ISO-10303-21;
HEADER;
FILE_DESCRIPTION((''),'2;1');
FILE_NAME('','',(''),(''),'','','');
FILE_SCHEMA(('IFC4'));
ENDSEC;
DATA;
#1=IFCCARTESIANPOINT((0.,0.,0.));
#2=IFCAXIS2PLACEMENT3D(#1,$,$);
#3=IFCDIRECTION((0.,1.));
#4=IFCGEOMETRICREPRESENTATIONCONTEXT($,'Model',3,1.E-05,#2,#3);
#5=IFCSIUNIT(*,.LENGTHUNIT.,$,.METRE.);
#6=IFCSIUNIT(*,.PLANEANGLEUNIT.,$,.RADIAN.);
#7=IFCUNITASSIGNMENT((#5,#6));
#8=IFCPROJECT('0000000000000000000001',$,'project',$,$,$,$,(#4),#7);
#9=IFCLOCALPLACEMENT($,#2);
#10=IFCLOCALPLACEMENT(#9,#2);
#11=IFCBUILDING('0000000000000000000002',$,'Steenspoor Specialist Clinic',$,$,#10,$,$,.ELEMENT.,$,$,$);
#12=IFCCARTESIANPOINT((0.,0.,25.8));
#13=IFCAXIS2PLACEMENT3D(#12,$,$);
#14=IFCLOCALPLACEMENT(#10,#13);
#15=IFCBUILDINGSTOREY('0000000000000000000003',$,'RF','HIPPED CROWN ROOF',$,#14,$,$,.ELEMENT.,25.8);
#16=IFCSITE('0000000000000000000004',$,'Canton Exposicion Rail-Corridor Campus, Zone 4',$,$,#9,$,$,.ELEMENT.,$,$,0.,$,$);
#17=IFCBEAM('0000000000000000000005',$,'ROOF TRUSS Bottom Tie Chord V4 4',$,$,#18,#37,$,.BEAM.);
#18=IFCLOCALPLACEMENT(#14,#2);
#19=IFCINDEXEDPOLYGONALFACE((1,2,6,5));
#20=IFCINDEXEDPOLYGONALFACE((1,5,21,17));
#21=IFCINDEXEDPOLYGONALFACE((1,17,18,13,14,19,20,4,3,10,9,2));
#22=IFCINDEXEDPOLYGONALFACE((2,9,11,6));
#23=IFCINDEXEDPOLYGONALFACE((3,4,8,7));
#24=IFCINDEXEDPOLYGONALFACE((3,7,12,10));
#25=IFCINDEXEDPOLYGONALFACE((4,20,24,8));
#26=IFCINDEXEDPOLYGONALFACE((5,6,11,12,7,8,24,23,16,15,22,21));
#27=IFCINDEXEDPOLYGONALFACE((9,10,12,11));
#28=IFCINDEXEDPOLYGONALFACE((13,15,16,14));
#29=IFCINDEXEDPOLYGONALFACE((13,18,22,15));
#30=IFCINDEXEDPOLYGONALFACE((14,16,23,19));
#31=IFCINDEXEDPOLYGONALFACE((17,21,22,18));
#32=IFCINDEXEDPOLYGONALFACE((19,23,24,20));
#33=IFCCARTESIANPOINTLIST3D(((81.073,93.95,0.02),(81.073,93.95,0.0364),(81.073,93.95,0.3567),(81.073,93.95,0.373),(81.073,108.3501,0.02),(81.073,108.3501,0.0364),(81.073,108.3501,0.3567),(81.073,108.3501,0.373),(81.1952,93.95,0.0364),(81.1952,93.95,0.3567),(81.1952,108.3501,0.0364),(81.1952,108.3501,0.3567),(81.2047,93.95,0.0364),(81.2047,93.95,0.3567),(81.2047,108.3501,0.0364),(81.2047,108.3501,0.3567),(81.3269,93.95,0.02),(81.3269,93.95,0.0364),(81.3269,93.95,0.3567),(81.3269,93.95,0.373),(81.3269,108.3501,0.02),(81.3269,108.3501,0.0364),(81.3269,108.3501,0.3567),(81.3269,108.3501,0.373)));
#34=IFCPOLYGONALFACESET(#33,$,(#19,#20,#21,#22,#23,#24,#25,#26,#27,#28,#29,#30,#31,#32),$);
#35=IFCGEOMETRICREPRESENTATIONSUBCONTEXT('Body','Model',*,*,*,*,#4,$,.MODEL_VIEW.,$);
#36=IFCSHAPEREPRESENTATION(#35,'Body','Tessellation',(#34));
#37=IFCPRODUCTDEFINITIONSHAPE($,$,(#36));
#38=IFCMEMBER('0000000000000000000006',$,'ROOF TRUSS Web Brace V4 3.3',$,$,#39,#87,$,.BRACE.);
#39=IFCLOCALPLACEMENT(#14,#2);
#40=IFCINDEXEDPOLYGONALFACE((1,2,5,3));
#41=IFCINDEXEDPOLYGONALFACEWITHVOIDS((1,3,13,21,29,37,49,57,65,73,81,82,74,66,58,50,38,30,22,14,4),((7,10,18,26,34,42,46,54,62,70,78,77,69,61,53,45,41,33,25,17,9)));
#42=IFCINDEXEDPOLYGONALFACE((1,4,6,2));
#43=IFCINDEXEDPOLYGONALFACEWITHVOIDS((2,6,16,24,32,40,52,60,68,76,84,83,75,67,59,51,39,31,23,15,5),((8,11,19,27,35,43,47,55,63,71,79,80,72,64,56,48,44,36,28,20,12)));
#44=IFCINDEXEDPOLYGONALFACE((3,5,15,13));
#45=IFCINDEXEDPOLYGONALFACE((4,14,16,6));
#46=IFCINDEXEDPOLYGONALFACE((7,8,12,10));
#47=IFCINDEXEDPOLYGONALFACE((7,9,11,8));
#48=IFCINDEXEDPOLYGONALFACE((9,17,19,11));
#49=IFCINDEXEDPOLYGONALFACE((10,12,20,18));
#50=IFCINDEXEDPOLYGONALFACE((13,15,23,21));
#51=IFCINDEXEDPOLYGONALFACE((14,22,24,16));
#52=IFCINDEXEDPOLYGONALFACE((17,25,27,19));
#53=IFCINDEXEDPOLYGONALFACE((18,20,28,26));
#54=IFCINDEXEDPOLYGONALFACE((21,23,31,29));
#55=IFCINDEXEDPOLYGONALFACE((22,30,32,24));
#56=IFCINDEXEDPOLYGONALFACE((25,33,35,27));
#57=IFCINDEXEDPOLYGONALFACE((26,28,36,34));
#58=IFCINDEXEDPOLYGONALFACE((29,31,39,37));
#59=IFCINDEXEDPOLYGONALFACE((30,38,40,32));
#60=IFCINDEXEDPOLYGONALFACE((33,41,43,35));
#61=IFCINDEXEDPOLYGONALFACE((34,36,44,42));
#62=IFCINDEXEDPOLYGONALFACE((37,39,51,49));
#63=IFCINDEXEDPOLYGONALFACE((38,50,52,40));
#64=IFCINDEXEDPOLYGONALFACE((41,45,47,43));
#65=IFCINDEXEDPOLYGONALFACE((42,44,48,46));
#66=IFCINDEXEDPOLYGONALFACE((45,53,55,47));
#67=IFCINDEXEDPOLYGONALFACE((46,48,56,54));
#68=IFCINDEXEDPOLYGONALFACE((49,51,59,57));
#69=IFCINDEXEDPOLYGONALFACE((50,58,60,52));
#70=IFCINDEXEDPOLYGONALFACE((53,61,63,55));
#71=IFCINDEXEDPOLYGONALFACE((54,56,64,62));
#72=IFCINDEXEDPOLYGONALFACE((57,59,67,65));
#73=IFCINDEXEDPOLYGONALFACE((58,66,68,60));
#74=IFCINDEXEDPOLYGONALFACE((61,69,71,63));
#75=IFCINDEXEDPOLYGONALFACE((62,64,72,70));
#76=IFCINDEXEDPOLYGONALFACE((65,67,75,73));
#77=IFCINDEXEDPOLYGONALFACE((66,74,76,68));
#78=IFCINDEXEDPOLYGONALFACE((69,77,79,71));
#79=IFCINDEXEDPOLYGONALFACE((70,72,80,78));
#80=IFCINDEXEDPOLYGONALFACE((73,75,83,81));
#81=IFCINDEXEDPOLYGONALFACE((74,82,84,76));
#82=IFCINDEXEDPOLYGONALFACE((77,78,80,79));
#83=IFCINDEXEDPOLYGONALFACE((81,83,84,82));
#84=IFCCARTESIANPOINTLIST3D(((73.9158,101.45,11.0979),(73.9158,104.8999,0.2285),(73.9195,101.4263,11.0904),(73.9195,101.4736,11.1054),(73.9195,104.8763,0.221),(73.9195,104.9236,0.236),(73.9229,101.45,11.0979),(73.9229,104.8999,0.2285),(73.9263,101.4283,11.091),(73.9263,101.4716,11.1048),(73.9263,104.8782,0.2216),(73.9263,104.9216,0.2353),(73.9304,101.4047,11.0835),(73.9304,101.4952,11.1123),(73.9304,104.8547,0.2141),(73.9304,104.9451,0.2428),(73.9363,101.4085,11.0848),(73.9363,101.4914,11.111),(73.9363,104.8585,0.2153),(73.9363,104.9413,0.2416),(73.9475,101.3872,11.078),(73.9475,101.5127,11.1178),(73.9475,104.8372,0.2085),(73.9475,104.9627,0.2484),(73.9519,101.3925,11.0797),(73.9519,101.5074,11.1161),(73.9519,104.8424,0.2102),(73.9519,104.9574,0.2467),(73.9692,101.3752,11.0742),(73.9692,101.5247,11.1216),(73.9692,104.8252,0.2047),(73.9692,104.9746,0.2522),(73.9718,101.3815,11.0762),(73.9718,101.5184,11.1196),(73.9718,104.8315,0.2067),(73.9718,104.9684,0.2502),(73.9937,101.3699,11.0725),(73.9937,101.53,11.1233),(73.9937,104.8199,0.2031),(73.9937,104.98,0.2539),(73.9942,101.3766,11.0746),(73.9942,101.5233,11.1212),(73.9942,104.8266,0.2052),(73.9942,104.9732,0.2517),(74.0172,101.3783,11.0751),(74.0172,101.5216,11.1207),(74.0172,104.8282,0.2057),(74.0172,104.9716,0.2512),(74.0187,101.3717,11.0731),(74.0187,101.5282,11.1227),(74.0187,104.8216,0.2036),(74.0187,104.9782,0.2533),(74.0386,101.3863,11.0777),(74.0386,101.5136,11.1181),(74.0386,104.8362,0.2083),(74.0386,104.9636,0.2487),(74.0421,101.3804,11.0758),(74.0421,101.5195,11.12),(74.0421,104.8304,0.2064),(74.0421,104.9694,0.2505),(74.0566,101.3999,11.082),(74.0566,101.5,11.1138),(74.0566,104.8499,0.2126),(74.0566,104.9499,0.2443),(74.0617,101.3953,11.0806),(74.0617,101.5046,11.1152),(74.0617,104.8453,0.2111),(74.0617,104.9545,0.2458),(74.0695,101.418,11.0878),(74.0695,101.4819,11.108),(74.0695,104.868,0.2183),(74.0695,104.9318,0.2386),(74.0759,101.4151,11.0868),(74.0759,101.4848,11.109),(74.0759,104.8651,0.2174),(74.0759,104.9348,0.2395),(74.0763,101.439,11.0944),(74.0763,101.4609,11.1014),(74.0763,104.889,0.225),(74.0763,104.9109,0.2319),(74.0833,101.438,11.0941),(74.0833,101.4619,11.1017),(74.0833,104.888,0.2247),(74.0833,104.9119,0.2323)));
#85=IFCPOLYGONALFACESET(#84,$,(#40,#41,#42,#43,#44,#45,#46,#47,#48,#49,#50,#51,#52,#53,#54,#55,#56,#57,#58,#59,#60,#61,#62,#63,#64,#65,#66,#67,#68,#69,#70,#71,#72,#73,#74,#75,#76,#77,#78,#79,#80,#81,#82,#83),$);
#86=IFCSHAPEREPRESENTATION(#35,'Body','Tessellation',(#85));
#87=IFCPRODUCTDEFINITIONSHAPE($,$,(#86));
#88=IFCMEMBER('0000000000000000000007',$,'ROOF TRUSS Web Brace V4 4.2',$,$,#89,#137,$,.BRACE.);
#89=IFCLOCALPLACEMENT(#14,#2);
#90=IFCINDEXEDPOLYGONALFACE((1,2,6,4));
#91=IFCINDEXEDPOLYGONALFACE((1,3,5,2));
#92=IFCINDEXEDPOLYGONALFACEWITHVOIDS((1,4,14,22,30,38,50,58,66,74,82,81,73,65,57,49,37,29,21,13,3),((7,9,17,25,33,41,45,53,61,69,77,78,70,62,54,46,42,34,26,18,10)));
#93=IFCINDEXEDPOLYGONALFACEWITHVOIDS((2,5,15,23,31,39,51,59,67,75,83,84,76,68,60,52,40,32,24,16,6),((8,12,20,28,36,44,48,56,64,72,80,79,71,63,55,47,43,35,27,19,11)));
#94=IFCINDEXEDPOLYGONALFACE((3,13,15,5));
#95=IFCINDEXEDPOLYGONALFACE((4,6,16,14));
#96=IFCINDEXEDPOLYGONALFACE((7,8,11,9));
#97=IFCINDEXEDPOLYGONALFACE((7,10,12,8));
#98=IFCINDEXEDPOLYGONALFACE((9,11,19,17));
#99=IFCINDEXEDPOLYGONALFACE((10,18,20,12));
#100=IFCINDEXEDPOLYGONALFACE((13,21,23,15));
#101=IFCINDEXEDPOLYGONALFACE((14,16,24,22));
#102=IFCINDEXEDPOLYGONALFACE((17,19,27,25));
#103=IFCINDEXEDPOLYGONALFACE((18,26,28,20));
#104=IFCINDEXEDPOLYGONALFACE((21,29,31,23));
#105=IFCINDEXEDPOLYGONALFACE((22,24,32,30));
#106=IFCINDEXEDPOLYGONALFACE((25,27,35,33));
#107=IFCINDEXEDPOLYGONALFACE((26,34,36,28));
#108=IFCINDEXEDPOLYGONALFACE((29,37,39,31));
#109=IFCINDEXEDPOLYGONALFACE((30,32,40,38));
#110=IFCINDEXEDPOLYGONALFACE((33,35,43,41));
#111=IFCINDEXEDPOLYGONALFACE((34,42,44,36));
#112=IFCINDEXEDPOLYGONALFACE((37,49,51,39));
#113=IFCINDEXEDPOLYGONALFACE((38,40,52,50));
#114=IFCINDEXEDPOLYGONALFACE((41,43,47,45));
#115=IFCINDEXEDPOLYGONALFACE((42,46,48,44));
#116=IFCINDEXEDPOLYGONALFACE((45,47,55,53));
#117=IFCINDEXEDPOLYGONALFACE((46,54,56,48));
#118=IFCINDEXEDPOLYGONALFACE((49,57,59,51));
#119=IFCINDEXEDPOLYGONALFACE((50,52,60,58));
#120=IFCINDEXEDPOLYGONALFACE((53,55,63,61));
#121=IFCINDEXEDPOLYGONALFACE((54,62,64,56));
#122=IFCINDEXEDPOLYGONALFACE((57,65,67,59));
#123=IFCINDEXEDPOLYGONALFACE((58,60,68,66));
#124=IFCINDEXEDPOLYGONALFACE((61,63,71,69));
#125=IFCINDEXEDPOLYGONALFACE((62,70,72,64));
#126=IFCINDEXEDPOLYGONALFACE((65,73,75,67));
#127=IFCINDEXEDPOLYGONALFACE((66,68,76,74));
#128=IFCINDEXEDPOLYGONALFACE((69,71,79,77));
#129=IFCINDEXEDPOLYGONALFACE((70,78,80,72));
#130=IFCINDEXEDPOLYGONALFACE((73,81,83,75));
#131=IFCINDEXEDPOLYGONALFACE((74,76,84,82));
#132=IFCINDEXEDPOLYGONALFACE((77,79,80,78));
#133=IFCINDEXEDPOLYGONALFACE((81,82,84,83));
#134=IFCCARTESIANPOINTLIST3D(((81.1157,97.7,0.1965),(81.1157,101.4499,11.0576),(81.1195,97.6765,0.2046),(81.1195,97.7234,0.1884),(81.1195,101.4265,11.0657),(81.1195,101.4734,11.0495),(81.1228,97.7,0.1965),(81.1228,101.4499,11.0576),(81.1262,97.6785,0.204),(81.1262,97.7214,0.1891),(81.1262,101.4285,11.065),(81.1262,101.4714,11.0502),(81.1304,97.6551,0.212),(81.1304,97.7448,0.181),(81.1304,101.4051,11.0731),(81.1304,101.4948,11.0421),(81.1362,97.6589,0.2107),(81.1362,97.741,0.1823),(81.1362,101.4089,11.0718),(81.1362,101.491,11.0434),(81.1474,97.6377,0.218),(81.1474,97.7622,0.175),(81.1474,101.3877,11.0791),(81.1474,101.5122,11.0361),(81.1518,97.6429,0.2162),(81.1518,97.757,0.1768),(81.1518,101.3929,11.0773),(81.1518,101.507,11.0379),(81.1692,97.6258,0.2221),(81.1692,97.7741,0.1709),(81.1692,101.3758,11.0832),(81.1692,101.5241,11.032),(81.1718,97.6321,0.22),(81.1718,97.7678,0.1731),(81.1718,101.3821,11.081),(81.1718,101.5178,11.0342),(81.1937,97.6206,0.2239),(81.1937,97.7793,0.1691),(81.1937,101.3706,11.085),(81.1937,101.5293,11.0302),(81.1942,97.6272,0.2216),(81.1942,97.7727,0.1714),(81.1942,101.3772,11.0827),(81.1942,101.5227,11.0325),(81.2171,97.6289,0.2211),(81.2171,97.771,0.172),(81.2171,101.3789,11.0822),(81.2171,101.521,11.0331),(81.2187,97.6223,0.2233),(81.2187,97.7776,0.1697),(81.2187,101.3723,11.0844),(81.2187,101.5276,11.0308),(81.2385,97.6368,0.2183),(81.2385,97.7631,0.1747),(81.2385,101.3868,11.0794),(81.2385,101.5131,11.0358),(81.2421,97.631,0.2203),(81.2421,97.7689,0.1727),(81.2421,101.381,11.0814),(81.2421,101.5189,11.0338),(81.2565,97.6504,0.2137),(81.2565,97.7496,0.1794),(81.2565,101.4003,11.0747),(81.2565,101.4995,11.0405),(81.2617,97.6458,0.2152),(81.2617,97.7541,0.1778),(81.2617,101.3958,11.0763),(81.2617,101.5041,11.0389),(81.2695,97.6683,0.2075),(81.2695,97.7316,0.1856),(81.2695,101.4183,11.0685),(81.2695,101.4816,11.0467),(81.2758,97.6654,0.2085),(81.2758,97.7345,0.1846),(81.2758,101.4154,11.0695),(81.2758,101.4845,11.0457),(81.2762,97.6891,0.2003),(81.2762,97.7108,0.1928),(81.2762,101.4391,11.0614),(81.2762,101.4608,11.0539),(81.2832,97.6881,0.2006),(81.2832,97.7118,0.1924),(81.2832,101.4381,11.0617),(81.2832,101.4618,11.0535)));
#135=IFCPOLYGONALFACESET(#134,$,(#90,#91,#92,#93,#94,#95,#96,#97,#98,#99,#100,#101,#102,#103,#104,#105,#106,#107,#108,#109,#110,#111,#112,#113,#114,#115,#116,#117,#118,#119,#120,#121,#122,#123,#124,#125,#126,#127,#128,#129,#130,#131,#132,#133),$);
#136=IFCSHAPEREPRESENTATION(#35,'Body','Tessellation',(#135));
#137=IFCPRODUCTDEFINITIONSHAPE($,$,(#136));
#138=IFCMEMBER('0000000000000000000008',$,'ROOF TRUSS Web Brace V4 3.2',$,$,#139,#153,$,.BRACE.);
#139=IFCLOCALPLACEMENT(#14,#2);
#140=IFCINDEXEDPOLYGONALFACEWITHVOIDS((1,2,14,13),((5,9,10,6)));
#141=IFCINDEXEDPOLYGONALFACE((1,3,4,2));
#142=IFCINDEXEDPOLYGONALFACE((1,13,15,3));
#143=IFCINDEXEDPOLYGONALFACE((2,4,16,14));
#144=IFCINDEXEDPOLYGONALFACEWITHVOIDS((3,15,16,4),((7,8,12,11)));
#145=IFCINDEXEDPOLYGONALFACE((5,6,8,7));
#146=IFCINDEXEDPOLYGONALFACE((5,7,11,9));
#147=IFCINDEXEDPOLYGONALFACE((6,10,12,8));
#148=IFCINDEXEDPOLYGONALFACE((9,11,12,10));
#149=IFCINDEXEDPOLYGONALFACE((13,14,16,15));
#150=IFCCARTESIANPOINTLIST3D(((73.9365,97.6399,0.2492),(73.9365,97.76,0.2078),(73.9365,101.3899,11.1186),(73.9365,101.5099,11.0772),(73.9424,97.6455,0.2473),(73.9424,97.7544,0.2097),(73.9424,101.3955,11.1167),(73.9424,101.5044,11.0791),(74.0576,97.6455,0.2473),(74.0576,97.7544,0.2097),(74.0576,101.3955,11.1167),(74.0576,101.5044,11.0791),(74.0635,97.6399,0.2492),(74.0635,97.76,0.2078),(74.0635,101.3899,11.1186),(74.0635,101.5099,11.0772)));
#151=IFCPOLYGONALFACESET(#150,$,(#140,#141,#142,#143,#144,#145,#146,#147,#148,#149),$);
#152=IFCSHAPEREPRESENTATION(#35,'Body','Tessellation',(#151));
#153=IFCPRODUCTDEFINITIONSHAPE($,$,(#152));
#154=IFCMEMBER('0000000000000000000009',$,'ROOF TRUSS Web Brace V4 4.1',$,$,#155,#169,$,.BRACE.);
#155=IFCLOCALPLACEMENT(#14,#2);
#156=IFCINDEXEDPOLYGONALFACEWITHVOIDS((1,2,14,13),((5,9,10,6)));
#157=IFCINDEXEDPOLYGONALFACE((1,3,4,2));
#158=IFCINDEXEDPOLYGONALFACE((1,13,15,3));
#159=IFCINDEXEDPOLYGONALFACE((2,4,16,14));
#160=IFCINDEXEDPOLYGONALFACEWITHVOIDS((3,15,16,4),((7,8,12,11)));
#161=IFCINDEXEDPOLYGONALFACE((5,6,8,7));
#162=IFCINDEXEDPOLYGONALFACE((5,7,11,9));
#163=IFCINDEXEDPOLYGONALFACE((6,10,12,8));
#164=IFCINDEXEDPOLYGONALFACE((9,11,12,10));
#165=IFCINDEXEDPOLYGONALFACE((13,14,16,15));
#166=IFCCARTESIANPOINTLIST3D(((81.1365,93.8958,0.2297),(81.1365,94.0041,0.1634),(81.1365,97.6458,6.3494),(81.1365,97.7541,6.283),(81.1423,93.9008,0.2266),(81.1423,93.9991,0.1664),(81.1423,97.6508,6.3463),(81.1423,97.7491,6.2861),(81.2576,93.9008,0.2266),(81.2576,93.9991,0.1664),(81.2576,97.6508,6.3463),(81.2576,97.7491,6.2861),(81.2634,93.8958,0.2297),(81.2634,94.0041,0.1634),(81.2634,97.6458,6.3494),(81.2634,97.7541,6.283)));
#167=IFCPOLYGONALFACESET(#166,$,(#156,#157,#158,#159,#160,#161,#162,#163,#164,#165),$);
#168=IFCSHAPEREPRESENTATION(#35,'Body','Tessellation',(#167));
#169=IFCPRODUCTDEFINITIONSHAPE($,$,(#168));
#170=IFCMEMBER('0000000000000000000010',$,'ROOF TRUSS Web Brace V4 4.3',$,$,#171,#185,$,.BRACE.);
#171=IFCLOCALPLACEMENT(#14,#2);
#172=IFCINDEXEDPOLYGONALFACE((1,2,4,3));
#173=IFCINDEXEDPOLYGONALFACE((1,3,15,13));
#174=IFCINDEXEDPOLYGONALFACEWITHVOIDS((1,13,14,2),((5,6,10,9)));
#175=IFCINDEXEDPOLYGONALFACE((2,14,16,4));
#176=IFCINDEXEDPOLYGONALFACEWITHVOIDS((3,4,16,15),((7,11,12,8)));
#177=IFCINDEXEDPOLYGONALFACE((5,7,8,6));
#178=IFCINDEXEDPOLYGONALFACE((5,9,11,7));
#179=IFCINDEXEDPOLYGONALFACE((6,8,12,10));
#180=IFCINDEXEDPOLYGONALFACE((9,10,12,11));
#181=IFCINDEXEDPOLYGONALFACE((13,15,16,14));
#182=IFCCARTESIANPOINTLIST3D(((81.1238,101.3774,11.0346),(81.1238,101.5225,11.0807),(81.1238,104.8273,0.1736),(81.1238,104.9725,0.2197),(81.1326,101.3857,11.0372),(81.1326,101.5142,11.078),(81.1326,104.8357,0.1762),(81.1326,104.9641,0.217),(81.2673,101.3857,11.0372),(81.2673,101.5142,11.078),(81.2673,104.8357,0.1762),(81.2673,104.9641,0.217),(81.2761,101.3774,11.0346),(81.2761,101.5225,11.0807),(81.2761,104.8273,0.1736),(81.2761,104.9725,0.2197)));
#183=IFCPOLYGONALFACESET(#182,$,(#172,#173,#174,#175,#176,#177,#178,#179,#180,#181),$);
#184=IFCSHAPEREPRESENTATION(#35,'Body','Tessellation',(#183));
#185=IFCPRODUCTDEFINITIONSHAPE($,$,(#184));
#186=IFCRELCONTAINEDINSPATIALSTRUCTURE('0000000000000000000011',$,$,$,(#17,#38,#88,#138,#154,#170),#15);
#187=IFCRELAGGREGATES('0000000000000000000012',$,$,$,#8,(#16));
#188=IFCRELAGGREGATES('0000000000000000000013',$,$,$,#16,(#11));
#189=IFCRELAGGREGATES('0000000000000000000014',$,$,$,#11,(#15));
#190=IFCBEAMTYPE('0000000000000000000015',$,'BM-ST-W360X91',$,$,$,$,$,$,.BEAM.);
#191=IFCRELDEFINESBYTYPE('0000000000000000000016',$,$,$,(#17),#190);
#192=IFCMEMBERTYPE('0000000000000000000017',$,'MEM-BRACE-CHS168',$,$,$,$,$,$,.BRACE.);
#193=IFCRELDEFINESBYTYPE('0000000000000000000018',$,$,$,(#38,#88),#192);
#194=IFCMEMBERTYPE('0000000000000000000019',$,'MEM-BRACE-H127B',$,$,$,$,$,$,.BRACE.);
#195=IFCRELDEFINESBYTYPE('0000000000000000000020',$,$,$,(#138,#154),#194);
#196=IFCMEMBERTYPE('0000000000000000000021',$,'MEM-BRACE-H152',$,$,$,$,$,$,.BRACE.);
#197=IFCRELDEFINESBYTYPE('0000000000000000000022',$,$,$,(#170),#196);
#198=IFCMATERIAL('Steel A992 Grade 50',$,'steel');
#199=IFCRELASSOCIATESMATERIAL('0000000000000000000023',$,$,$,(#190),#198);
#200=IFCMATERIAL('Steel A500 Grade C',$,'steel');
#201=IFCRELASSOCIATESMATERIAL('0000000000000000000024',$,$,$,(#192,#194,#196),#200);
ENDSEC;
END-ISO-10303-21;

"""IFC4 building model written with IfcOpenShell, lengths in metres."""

from ifc_helpers import new_model, si_unit, direction, frame, origin, origin_2d, place, context, subcontext, project, spatial, hollow_rectangle, hollow_circle, i_section, extrude, material, material_profile, profile_set, type_object, element, save


model = new_model("IFC4")

# Units and contexts
model_context = context("Model", 3, precision=1e-05, world=origin(), true_north=direction((0.0, 1.0)))
body_context = subcontext(model_context, "Body", "Model", "MODEL_VIEW")
ifc_project = project(units=[si_unit("LENGTHUNIT", "METRE"), si_unit("PLANEANGLEUNIT", "RADIAN")], contexts=[model_context])

# Site, building, storey
site_placement = place(None, origin())
site = spatial("IfcSite", under=ifc_project, at=site_placement, Name="Canton Exposicion Rail-Corridor Campus, Zone 4", CompositionType="ELEMENT", RefElevation=0.0)
building_placement = place(site_placement, origin())
building = spatial("IfcBuilding", under=site, at=building_placement, Name="Steenspoor Specialist Clinic", CompositionType="ELEMENT")
storey_placement = place(building_placement, frame((0.0, 0.0, 25.8)))
storey = spatial("IfcBuildingStorey", under=building, at=storey_placement, Name="RF", Description="HIPPED CROWN ROOF", CompositionType="ELEMENT", Elevation=25.8)

# Beam
ifc_material_1 = material(Name="Steel A992 Grade 50", Category="steel")
ifc_material_profile_1 = material_profile(ifc_material_1, i_section(OverallWidth=0.2539, OverallDepth=0.353, WebThickness=0.0095, FlangeThickness=0.0164, at=origin_2d()), Name="W360X91")
ifc_profile_set_1 = profile_set([ifc_material_profile_1], Name="Steel A992 Grade 50")
beam_type = type_object("IfcBeamType", Name="BM-ST-W360X91", PredefinedType="BEAM", material=ifc_profile_set_1)
beam_placement = place(storey_placement, frame((81.2, 93.95, 0.1965), z_axis=(0.0, 1.0, 0.0), x_axis=(-1.0, 0.0, 0.0)))
element("IfcBeam", 1, at=beam_placement, inside=storey, type_object=beam_type, Name="ROOF TRUSS Bottom Tie Chord V4 4", PredefinedType="BEAM", context=body_context, shape_type="SweptSolid", body=[
    extrude(i_section(OverallWidth=0.2539, OverallDepth=0.353, WebThickness=0.0095, FlangeThickness=0.0164, at=origin_2d()), origin(), (0.0, 0.0, 1.0), 14.4001),
])

# Members
ifc_material_2 = material(Name="Steel A500 Grade C", Category="steel")
ifc_material_profile_2 = material_profile(ifc_material_2, hollow_circle(Radius=0.0842, WallThickness=0.0071, at=origin_2d()), Name="CHS168X7.1")
ifc_profile_set_2 = profile_set([ifc_material_profile_2], Name="Steel A500 Grade C")
member_type_1 = type_object("IfcMemberType", Name="MEM-BRACE-CHS168", PredefinedType="BRACE", material=ifc_profile_set_2)
member_1_placement = place(storey_placement, frame((74.0, 101.45, 11.0979), z_axis=(0.0, 0.302528, -0.953141), x_axis=(-1.0, 0.0, 0.0)))
element("IfcMember", 2, at=member_1_placement, inside=storey, type_object=member_type_1, Name="ROOF TRUSS Web Brace V4 3.3", PredefinedType="BRACE", context=body_context, shape_type="SweptSolid", body=[
    extrude(hollow_circle(Radius=0.0842, WallThickness=0.0071, at=origin_2d()), origin(), (0.0, 0.0, 1.0), 11.4038),
])
member_2_placement = place(storey_placement, frame((81.2, 97.7, 0.1965), z_axis=(0.0, 0.326364, 0.945244), x_axis=(-1.0, 0.0, 0.0)))
element("IfcMember", 3, at=member_2_placement, inside=storey, type_object=member_type_1, Name="ROOF TRUSS Web Brace V4 4.2", PredefinedType="BRACE", context=body_context, shape_type="SweptSolid", body=[
    extrude(hollow_circle(Radius=0.0842, WallThickness=0.0071, at=origin_2d()), origin(), (0.0, 0.0, 1.0), 11.4902),
])
ifc_material_profile_3 = material_profile(ifc_material_2, hollow_rectangle(XDim=0.127, YDim=0.127, WallThickness=0.0059, at=origin_2d()), Name="HSS127X127X6.4")
ifc_profile_set_3 = profile_set([ifc_material_profile_3], Name="Steel A500 Grade C")
member_type_2 = type_object("IfcMemberType", Name="MEM-BRACE-H127B", PredefinedType="BRACE", material=ifc_profile_set_3)
member_3_placement = place(storey_placement, frame((74.0, 97.7, 0.2285), z_axis=(0.0, 0.326141, 0.945321), x_axis=(-1.0, 0.0, 0.0)))
element("IfcMember", 4, at=member_3_placement, inside=storey, type_object=member_type_2, Name="ROOF TRUSS Web Brace V4 3.2", PredefinedType="BRACE", context=body_context, shape_type="SweptSolid", body=[
    extrude(hollow_rectangle(XDim=0.127, YDim=0.127, WallThickness=0.0059, at=origin_2d()), origin(), (0.0, 0.0, 1.0), 11.498),
])
member_4_placement = place(storey_placement, frame((81.2, 93.95, 0.1965), z_axis=(0.0, 0.522487, 0.852647), x_axis=(-1.0, 0.0, 0.0)))
element("IfcMember", 5, at=member_4_placement, inside=storey, type_object=member_type_2, Name="ROOF TRUSS Web Brace V4 4.1", PredefinedType="BRACE", context=body_context, shape_type="SweptSolid", body=[
    extrude(hollow_rectangle(XDim=0.127, YDim=0.127, WallThickness=0.0059, at=origin_2d()), origin(), (0.0, 0.0, 1.0), 7.1772),
])
ifc_material_profile_4 = material_profile(ifc_material_2, hollow_rectangle(XDim=0.1523, YDim=0.1523, WallThickness=0.0088, at=origin_2d()), Name="HSS152X152X9.5")
ifc_profile_set_4 = profile_set([ifc_material_profile_4], Name="Steel A500 Grade C")
member_type_3 = type_object("IfcMemberType", Name="MEM-BRACE-H152", PredefinedType="BRACE", material=ifc_profile_set_4)
member_5_placement = place(storey_placement, frame((81.2, 101.45, 11.0576), z_axis=(0.0, 0.302738, -0.953074), x_axis=(-1.0, 0.0, 0.0)))
element("IfcMember", 6, at=member_5_placement, inside=storey, type_object=member_type_3, Name="ROOF TRUSS Web Brace V4 4.3", PredefinedType="BRACE", context=body_context, shape_type="SweptSolid", body=[
    extrude(hollow_rectangle(XDim=0.1523, YDim=0.1523, WallThickness=0.0088, at=origin_2d()), origin(), (0.0, 0.0, 1.0), 11.3958),
])

save(model, "model.ifc")
